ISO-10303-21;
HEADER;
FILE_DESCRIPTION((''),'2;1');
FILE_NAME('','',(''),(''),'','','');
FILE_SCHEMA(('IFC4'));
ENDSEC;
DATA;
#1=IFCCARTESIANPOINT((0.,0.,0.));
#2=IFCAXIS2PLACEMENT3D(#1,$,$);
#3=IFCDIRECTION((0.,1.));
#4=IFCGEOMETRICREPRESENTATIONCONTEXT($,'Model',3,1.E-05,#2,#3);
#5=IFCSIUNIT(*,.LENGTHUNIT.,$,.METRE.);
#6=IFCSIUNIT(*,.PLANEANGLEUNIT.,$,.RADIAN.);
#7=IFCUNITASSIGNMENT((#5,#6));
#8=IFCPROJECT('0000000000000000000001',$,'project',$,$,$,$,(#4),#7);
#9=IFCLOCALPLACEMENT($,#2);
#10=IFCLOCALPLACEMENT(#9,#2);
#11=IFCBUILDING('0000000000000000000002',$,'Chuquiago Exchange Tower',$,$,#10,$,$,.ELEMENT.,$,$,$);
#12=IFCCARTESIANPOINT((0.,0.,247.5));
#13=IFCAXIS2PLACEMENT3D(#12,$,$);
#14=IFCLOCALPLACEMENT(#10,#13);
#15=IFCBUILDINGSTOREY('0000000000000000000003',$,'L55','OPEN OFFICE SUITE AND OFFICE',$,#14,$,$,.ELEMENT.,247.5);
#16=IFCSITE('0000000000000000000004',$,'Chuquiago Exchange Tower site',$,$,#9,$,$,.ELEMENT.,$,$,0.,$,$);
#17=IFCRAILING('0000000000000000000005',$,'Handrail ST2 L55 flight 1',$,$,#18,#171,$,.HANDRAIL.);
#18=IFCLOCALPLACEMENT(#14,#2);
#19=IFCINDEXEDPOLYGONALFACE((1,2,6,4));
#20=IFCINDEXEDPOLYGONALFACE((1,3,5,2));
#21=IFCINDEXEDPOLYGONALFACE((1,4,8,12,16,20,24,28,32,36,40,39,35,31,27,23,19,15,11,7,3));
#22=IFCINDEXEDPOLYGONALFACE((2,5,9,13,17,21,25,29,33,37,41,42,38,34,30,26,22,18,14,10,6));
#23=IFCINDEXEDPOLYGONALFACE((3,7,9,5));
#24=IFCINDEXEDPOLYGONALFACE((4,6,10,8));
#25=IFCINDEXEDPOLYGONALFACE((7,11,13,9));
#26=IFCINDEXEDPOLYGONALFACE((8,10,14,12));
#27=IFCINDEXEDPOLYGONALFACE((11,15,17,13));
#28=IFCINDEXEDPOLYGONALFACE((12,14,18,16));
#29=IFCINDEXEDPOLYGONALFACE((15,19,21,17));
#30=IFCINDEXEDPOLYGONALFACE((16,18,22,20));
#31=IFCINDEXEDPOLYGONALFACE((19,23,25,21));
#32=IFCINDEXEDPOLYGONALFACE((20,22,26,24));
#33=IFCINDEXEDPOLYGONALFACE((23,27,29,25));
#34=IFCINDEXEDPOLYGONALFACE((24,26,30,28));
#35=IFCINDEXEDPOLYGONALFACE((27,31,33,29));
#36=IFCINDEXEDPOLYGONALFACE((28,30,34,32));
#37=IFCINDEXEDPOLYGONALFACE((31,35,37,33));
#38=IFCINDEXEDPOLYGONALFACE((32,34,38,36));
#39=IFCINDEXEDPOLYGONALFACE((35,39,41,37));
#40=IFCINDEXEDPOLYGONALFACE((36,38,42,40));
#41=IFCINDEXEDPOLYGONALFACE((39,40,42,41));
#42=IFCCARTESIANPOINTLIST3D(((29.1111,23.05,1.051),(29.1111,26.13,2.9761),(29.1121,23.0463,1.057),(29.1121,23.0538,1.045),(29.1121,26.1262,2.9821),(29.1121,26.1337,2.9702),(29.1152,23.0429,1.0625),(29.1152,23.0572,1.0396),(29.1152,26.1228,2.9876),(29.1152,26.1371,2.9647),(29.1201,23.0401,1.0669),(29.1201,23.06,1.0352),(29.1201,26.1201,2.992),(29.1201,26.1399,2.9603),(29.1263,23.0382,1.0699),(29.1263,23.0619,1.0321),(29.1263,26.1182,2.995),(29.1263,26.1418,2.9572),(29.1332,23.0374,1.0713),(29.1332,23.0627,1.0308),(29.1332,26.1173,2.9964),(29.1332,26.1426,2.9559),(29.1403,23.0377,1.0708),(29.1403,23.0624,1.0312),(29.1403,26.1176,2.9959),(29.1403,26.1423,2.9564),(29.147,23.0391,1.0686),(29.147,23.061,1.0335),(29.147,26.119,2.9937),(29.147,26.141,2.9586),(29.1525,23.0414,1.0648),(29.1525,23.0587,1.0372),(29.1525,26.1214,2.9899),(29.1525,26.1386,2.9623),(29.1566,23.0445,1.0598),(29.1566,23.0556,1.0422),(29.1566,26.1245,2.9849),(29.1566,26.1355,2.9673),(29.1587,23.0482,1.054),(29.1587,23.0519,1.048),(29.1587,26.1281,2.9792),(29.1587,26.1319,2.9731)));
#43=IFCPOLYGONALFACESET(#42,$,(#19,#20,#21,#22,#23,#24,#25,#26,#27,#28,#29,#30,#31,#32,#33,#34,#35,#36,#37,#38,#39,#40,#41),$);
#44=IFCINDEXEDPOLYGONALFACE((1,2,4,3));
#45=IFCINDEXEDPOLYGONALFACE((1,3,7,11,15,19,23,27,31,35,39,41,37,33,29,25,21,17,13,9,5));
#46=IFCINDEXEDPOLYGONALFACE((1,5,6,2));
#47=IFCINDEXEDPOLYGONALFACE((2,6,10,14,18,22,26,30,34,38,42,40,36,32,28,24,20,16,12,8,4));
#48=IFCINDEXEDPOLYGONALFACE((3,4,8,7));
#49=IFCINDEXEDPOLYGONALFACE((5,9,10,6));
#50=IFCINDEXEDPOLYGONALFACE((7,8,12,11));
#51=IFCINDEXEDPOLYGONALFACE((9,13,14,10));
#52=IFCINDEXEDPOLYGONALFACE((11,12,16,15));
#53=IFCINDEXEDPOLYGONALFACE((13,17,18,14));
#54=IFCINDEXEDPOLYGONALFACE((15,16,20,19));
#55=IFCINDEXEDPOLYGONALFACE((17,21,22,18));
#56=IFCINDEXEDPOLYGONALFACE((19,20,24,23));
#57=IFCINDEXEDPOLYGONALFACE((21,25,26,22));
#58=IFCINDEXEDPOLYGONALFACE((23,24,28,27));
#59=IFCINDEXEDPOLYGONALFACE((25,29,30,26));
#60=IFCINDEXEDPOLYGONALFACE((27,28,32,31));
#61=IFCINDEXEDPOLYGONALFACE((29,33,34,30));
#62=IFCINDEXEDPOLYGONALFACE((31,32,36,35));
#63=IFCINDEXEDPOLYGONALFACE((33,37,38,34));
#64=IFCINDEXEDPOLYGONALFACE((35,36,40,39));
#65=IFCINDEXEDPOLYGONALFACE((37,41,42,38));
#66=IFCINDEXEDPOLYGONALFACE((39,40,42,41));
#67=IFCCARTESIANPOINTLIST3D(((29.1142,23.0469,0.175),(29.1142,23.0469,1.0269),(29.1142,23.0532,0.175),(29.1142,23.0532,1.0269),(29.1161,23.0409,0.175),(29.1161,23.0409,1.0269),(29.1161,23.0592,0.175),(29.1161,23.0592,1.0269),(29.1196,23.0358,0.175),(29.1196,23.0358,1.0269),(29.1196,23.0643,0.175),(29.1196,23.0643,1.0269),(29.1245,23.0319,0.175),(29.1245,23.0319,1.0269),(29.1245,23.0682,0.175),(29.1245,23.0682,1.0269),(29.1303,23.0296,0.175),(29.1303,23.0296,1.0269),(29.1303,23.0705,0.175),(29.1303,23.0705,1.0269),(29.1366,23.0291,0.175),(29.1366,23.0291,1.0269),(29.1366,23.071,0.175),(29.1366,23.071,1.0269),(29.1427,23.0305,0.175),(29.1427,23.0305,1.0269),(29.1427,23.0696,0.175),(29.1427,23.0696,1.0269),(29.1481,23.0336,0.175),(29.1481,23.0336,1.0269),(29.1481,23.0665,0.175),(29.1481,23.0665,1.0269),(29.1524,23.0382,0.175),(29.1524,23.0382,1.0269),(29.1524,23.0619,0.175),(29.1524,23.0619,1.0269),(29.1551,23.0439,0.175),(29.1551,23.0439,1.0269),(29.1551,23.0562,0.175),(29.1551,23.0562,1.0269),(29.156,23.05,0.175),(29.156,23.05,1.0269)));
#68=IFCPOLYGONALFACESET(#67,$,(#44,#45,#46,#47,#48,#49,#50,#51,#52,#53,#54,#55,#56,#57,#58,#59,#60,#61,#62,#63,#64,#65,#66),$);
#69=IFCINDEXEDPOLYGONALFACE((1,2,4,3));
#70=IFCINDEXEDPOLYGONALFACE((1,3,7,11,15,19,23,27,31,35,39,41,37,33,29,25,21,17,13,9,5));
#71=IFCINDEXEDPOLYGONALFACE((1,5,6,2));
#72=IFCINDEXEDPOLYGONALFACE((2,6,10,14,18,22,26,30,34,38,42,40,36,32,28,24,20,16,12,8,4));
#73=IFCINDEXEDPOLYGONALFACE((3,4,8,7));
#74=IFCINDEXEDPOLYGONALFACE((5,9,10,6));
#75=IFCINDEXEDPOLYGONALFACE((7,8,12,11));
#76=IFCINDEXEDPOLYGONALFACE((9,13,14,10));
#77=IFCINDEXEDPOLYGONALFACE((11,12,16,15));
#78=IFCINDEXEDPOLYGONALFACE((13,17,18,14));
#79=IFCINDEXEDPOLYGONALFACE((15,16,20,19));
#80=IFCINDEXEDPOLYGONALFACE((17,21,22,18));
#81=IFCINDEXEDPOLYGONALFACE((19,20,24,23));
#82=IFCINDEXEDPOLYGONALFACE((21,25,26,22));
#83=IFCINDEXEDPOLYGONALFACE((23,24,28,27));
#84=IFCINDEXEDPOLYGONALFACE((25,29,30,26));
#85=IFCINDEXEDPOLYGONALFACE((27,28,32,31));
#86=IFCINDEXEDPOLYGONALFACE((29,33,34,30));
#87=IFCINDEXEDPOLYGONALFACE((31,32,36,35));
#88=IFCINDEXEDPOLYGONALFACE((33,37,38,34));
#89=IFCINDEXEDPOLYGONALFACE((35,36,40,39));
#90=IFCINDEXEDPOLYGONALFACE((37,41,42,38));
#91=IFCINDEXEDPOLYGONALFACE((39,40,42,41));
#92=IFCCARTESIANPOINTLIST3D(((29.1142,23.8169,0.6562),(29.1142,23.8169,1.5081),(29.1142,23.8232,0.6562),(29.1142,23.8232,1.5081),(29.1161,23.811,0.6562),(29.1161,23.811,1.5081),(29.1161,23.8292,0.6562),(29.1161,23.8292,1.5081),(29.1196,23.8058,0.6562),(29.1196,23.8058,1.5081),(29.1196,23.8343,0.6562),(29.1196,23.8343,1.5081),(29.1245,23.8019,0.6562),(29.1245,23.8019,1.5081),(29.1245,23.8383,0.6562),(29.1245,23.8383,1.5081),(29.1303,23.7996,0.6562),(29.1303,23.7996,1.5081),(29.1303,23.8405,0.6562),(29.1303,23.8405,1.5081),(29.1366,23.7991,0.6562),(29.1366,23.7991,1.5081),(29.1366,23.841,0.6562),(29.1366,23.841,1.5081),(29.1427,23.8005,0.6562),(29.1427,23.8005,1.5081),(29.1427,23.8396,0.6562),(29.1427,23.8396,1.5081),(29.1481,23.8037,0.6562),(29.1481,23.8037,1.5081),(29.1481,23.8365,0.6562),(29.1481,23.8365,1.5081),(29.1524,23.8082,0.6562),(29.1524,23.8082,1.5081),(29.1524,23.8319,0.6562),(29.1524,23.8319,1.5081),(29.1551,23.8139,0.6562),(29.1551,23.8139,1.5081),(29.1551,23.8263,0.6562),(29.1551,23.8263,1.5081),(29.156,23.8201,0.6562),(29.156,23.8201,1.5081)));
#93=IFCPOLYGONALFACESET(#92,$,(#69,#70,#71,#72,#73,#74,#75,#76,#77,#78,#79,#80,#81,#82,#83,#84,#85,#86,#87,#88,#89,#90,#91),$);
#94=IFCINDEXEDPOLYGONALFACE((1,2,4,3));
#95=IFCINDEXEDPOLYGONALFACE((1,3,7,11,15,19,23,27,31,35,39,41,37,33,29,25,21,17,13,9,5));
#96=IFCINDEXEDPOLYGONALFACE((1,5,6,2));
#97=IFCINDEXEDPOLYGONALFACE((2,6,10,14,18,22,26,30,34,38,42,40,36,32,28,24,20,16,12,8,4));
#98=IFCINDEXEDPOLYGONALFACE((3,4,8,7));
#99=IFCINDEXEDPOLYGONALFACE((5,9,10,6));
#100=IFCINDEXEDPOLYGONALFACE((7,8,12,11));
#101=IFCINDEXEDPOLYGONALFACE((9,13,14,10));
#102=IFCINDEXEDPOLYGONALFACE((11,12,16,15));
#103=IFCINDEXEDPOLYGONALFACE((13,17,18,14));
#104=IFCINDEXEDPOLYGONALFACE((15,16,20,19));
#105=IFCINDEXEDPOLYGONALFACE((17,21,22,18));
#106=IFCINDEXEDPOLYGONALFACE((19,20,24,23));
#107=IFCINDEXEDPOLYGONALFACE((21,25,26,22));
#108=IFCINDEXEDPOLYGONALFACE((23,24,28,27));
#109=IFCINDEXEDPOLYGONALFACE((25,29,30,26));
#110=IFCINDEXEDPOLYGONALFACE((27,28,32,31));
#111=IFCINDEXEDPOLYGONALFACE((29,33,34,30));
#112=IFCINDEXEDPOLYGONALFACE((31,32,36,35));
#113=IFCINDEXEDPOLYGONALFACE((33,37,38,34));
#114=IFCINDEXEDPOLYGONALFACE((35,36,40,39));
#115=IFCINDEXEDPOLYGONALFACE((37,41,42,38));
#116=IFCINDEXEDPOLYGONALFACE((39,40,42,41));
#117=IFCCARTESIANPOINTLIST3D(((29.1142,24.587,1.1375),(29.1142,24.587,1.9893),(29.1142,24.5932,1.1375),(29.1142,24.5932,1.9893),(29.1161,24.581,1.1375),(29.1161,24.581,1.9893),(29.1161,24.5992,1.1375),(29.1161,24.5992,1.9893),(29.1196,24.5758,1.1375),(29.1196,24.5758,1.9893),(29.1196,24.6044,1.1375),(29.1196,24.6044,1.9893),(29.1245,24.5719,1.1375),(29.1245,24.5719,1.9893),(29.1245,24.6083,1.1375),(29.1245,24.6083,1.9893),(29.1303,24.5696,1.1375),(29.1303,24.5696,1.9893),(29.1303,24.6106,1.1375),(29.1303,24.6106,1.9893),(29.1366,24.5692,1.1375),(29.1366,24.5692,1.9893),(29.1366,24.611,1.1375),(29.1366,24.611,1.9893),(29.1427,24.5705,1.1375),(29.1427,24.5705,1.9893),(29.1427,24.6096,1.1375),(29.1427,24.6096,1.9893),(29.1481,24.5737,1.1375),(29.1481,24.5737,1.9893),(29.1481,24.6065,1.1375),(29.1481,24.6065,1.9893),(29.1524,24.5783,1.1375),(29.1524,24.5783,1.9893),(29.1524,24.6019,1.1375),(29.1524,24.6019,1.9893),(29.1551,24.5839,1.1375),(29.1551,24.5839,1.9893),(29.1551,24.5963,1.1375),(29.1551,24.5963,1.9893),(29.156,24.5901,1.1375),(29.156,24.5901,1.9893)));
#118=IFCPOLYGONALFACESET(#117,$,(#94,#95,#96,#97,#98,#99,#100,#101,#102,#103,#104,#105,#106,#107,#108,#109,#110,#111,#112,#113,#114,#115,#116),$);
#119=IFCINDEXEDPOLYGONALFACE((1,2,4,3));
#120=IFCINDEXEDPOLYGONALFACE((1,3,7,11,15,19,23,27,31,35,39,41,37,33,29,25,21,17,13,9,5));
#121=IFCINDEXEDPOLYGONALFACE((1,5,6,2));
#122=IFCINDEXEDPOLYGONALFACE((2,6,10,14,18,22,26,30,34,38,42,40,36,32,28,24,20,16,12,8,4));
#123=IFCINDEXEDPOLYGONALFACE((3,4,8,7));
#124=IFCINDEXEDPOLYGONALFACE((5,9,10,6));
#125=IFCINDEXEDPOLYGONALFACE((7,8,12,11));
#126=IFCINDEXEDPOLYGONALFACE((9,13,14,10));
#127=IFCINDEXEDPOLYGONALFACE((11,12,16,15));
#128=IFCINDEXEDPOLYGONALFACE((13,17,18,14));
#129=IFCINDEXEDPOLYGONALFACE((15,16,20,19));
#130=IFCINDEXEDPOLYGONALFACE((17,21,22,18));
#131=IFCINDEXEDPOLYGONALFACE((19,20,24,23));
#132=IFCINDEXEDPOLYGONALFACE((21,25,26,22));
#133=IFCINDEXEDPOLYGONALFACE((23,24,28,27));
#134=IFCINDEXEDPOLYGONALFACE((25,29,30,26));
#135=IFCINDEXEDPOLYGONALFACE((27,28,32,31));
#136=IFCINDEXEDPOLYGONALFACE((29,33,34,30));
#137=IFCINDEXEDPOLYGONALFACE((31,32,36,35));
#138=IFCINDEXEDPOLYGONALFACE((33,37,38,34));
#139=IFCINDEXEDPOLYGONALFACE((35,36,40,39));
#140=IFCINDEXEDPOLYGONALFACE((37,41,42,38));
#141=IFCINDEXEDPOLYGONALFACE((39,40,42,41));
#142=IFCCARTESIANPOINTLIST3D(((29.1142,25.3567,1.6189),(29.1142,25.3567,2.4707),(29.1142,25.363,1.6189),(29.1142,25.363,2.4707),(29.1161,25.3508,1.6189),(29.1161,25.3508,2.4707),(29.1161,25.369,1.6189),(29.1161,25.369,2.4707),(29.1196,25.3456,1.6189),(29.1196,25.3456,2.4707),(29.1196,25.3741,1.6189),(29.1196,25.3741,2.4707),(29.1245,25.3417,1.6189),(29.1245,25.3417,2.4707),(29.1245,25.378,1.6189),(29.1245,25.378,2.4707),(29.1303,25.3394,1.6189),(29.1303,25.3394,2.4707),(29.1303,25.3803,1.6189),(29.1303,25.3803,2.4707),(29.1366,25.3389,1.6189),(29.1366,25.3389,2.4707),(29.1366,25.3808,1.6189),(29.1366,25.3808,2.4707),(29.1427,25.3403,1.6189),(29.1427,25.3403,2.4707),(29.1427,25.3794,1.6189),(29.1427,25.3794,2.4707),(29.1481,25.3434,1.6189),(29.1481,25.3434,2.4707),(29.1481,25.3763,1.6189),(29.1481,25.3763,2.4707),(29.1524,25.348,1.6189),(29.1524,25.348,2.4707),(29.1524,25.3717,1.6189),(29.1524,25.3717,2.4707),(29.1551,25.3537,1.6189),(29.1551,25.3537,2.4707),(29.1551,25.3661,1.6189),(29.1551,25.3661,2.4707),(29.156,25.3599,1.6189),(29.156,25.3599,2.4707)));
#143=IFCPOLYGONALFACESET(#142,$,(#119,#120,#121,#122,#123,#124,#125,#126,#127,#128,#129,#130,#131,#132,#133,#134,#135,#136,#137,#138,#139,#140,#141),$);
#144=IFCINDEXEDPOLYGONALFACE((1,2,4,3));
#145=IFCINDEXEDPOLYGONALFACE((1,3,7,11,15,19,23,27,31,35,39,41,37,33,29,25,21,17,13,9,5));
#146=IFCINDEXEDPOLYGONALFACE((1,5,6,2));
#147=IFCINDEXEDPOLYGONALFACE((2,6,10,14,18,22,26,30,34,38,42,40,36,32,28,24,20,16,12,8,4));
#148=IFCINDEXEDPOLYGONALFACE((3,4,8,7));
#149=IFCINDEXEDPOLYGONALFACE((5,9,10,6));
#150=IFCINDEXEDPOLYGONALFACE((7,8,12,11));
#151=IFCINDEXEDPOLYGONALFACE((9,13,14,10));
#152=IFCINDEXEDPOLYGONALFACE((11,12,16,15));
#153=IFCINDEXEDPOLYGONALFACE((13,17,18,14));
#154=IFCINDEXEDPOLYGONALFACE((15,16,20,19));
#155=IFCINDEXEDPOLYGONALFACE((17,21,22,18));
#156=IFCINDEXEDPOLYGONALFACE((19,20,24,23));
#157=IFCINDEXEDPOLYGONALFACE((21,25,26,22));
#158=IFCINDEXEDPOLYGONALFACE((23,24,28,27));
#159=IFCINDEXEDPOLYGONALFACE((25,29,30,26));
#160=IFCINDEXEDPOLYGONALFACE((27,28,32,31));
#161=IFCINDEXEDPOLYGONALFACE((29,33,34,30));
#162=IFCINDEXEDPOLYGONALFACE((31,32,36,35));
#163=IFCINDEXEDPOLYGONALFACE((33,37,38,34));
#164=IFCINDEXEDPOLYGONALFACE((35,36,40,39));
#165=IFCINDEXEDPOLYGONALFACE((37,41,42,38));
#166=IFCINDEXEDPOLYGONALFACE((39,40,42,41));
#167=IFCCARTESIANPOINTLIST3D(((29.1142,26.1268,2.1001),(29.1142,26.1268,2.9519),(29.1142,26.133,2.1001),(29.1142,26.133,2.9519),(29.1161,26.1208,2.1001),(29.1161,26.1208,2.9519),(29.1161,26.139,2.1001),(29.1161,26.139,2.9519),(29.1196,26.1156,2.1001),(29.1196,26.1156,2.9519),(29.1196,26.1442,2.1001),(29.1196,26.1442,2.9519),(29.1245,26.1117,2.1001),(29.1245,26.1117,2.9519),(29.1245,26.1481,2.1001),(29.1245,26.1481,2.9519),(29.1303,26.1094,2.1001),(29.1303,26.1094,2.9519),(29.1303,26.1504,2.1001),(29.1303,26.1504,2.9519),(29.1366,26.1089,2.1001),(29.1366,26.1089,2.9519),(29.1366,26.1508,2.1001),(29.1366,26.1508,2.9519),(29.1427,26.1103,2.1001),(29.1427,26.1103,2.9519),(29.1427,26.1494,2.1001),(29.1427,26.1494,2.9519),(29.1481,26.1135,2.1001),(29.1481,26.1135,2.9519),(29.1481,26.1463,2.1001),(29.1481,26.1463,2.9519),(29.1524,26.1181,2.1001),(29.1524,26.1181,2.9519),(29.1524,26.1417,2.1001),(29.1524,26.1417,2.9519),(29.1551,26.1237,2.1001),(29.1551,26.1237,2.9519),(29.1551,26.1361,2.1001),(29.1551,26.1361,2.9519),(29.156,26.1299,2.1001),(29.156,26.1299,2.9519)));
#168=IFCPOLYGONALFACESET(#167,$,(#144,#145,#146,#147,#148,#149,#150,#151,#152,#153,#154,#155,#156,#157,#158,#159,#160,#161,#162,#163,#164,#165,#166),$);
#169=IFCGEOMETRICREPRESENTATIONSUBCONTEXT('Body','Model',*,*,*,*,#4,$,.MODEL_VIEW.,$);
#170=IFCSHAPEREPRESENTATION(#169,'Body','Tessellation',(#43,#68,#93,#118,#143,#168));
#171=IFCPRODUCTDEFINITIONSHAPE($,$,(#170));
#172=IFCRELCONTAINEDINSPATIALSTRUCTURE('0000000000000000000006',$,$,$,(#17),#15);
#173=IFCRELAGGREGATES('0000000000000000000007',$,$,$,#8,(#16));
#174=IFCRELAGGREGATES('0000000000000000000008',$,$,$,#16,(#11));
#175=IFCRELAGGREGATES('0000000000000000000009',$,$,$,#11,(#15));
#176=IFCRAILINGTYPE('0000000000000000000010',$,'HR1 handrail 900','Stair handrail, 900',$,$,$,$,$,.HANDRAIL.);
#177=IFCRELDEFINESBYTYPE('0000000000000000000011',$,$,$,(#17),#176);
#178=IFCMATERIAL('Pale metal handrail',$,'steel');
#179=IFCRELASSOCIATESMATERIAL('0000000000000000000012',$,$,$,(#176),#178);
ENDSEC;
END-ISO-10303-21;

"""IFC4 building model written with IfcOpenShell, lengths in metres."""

from ifc_helpers import new_model, si_unit, direction, frame, origin, origin_2d, place, context, subcontext, project, spatial, circle, extrude, material, type_object, element, save


model = new_model("IFC4")

# Units and contexts
model_context = context("Model", 3, precision=1e-05, world=origin(), true_north=direction((0.0, 1.0)))
body_context = subcontext(model_context, "Body", "Model", "MODEL_VIEW")
ifc_project = project(units=[si_unit("LENGTHUNIT", "METRE"), si_unit("PLANEANGLEUNIT", "RADIAN")], contexts=[model_context])

# Site, building, storey
site_placement = place(None, origin())
site = spatial("IfcSite", under=ifc_project, at=site_placement, Name="Chuquiago Exchange Tower site", CompositionType="ELEMENT", RefElevation=0.0)
building_placement = place(site_placement, origin())
building = spatial("IfcBuilding", under=site, at=building_placement, Name="Chuquiago Exchange Tower", CompositionType="ELEMENT")
storey_placement = place(building_placement, frame((0.0, 0.0, 247.5)))
storey = spatial("IfcBuildingStorey", under=building, at=storey_placement, Name="L55", Description="OPEN OFFICE SUITE AND OFFICE", CompositionType="ELEMENT", Elevation=247.5)

# Railing
ifc_material_1 = material(Name="Pale metal handrail", Category="steel")
railing_type_1 = type_object("IfcRailingType", Name="HR1 handrail 900", Description="Stair handrail, 900", PredefinedType="HANDRAIL", material=ifc_material_1)
for number, where, name in (
    (1, (29.135, 23.05, 0.175), "Handrail ST2 L55 flight 1"),
):
    element("IfcRailing", number, at=place(storey_placement, frame(where)), inside=storey, type_object=railing_type_1, Name=name, PredefinedType="HANDRAIL", context=body_context, shape_type="SweptSolid", body=[
        extrude(circle(Radius=0.0239, at=origin_2d()), frame((0.0, 0.0, 0.876), z_axis=(0.0, 0.847979, 0.530029), x_axis=(-1.0, 0.0, 0.0)), (0.0, 0.0, 1.0), 3.6321),
        extrude(circle(Radius=0.021, at=origin_2d()), origin(), (0.0, 0.0, 1.0), 0.8518),
        extrude(circle(Radius=0.021, at=origin_2d()), frame((0.0, 0.77, 0.4812)), (0.0, 0.0, 1.0), 0.8518),
        extrude(circle(Radius=0.021, at=origin_2d()), frame((0.0, 1.54, 0.9624)), (0.0, 0.0, 1.0), 0.8518),
        extrude(circle(Radius=0.021, at=origin_2d()), frame((0.0, 2.3098, 1.4438)), (0.0, 0.0, 1.0), 0.8518),
        extrude(circle(Radius=0.021, at=origin_2d()), frame((0.0, 3.0798, 1.925)), (0.0, 0.0, 1.0), 0.8518),
    ])

save(model, "model.ifc")
